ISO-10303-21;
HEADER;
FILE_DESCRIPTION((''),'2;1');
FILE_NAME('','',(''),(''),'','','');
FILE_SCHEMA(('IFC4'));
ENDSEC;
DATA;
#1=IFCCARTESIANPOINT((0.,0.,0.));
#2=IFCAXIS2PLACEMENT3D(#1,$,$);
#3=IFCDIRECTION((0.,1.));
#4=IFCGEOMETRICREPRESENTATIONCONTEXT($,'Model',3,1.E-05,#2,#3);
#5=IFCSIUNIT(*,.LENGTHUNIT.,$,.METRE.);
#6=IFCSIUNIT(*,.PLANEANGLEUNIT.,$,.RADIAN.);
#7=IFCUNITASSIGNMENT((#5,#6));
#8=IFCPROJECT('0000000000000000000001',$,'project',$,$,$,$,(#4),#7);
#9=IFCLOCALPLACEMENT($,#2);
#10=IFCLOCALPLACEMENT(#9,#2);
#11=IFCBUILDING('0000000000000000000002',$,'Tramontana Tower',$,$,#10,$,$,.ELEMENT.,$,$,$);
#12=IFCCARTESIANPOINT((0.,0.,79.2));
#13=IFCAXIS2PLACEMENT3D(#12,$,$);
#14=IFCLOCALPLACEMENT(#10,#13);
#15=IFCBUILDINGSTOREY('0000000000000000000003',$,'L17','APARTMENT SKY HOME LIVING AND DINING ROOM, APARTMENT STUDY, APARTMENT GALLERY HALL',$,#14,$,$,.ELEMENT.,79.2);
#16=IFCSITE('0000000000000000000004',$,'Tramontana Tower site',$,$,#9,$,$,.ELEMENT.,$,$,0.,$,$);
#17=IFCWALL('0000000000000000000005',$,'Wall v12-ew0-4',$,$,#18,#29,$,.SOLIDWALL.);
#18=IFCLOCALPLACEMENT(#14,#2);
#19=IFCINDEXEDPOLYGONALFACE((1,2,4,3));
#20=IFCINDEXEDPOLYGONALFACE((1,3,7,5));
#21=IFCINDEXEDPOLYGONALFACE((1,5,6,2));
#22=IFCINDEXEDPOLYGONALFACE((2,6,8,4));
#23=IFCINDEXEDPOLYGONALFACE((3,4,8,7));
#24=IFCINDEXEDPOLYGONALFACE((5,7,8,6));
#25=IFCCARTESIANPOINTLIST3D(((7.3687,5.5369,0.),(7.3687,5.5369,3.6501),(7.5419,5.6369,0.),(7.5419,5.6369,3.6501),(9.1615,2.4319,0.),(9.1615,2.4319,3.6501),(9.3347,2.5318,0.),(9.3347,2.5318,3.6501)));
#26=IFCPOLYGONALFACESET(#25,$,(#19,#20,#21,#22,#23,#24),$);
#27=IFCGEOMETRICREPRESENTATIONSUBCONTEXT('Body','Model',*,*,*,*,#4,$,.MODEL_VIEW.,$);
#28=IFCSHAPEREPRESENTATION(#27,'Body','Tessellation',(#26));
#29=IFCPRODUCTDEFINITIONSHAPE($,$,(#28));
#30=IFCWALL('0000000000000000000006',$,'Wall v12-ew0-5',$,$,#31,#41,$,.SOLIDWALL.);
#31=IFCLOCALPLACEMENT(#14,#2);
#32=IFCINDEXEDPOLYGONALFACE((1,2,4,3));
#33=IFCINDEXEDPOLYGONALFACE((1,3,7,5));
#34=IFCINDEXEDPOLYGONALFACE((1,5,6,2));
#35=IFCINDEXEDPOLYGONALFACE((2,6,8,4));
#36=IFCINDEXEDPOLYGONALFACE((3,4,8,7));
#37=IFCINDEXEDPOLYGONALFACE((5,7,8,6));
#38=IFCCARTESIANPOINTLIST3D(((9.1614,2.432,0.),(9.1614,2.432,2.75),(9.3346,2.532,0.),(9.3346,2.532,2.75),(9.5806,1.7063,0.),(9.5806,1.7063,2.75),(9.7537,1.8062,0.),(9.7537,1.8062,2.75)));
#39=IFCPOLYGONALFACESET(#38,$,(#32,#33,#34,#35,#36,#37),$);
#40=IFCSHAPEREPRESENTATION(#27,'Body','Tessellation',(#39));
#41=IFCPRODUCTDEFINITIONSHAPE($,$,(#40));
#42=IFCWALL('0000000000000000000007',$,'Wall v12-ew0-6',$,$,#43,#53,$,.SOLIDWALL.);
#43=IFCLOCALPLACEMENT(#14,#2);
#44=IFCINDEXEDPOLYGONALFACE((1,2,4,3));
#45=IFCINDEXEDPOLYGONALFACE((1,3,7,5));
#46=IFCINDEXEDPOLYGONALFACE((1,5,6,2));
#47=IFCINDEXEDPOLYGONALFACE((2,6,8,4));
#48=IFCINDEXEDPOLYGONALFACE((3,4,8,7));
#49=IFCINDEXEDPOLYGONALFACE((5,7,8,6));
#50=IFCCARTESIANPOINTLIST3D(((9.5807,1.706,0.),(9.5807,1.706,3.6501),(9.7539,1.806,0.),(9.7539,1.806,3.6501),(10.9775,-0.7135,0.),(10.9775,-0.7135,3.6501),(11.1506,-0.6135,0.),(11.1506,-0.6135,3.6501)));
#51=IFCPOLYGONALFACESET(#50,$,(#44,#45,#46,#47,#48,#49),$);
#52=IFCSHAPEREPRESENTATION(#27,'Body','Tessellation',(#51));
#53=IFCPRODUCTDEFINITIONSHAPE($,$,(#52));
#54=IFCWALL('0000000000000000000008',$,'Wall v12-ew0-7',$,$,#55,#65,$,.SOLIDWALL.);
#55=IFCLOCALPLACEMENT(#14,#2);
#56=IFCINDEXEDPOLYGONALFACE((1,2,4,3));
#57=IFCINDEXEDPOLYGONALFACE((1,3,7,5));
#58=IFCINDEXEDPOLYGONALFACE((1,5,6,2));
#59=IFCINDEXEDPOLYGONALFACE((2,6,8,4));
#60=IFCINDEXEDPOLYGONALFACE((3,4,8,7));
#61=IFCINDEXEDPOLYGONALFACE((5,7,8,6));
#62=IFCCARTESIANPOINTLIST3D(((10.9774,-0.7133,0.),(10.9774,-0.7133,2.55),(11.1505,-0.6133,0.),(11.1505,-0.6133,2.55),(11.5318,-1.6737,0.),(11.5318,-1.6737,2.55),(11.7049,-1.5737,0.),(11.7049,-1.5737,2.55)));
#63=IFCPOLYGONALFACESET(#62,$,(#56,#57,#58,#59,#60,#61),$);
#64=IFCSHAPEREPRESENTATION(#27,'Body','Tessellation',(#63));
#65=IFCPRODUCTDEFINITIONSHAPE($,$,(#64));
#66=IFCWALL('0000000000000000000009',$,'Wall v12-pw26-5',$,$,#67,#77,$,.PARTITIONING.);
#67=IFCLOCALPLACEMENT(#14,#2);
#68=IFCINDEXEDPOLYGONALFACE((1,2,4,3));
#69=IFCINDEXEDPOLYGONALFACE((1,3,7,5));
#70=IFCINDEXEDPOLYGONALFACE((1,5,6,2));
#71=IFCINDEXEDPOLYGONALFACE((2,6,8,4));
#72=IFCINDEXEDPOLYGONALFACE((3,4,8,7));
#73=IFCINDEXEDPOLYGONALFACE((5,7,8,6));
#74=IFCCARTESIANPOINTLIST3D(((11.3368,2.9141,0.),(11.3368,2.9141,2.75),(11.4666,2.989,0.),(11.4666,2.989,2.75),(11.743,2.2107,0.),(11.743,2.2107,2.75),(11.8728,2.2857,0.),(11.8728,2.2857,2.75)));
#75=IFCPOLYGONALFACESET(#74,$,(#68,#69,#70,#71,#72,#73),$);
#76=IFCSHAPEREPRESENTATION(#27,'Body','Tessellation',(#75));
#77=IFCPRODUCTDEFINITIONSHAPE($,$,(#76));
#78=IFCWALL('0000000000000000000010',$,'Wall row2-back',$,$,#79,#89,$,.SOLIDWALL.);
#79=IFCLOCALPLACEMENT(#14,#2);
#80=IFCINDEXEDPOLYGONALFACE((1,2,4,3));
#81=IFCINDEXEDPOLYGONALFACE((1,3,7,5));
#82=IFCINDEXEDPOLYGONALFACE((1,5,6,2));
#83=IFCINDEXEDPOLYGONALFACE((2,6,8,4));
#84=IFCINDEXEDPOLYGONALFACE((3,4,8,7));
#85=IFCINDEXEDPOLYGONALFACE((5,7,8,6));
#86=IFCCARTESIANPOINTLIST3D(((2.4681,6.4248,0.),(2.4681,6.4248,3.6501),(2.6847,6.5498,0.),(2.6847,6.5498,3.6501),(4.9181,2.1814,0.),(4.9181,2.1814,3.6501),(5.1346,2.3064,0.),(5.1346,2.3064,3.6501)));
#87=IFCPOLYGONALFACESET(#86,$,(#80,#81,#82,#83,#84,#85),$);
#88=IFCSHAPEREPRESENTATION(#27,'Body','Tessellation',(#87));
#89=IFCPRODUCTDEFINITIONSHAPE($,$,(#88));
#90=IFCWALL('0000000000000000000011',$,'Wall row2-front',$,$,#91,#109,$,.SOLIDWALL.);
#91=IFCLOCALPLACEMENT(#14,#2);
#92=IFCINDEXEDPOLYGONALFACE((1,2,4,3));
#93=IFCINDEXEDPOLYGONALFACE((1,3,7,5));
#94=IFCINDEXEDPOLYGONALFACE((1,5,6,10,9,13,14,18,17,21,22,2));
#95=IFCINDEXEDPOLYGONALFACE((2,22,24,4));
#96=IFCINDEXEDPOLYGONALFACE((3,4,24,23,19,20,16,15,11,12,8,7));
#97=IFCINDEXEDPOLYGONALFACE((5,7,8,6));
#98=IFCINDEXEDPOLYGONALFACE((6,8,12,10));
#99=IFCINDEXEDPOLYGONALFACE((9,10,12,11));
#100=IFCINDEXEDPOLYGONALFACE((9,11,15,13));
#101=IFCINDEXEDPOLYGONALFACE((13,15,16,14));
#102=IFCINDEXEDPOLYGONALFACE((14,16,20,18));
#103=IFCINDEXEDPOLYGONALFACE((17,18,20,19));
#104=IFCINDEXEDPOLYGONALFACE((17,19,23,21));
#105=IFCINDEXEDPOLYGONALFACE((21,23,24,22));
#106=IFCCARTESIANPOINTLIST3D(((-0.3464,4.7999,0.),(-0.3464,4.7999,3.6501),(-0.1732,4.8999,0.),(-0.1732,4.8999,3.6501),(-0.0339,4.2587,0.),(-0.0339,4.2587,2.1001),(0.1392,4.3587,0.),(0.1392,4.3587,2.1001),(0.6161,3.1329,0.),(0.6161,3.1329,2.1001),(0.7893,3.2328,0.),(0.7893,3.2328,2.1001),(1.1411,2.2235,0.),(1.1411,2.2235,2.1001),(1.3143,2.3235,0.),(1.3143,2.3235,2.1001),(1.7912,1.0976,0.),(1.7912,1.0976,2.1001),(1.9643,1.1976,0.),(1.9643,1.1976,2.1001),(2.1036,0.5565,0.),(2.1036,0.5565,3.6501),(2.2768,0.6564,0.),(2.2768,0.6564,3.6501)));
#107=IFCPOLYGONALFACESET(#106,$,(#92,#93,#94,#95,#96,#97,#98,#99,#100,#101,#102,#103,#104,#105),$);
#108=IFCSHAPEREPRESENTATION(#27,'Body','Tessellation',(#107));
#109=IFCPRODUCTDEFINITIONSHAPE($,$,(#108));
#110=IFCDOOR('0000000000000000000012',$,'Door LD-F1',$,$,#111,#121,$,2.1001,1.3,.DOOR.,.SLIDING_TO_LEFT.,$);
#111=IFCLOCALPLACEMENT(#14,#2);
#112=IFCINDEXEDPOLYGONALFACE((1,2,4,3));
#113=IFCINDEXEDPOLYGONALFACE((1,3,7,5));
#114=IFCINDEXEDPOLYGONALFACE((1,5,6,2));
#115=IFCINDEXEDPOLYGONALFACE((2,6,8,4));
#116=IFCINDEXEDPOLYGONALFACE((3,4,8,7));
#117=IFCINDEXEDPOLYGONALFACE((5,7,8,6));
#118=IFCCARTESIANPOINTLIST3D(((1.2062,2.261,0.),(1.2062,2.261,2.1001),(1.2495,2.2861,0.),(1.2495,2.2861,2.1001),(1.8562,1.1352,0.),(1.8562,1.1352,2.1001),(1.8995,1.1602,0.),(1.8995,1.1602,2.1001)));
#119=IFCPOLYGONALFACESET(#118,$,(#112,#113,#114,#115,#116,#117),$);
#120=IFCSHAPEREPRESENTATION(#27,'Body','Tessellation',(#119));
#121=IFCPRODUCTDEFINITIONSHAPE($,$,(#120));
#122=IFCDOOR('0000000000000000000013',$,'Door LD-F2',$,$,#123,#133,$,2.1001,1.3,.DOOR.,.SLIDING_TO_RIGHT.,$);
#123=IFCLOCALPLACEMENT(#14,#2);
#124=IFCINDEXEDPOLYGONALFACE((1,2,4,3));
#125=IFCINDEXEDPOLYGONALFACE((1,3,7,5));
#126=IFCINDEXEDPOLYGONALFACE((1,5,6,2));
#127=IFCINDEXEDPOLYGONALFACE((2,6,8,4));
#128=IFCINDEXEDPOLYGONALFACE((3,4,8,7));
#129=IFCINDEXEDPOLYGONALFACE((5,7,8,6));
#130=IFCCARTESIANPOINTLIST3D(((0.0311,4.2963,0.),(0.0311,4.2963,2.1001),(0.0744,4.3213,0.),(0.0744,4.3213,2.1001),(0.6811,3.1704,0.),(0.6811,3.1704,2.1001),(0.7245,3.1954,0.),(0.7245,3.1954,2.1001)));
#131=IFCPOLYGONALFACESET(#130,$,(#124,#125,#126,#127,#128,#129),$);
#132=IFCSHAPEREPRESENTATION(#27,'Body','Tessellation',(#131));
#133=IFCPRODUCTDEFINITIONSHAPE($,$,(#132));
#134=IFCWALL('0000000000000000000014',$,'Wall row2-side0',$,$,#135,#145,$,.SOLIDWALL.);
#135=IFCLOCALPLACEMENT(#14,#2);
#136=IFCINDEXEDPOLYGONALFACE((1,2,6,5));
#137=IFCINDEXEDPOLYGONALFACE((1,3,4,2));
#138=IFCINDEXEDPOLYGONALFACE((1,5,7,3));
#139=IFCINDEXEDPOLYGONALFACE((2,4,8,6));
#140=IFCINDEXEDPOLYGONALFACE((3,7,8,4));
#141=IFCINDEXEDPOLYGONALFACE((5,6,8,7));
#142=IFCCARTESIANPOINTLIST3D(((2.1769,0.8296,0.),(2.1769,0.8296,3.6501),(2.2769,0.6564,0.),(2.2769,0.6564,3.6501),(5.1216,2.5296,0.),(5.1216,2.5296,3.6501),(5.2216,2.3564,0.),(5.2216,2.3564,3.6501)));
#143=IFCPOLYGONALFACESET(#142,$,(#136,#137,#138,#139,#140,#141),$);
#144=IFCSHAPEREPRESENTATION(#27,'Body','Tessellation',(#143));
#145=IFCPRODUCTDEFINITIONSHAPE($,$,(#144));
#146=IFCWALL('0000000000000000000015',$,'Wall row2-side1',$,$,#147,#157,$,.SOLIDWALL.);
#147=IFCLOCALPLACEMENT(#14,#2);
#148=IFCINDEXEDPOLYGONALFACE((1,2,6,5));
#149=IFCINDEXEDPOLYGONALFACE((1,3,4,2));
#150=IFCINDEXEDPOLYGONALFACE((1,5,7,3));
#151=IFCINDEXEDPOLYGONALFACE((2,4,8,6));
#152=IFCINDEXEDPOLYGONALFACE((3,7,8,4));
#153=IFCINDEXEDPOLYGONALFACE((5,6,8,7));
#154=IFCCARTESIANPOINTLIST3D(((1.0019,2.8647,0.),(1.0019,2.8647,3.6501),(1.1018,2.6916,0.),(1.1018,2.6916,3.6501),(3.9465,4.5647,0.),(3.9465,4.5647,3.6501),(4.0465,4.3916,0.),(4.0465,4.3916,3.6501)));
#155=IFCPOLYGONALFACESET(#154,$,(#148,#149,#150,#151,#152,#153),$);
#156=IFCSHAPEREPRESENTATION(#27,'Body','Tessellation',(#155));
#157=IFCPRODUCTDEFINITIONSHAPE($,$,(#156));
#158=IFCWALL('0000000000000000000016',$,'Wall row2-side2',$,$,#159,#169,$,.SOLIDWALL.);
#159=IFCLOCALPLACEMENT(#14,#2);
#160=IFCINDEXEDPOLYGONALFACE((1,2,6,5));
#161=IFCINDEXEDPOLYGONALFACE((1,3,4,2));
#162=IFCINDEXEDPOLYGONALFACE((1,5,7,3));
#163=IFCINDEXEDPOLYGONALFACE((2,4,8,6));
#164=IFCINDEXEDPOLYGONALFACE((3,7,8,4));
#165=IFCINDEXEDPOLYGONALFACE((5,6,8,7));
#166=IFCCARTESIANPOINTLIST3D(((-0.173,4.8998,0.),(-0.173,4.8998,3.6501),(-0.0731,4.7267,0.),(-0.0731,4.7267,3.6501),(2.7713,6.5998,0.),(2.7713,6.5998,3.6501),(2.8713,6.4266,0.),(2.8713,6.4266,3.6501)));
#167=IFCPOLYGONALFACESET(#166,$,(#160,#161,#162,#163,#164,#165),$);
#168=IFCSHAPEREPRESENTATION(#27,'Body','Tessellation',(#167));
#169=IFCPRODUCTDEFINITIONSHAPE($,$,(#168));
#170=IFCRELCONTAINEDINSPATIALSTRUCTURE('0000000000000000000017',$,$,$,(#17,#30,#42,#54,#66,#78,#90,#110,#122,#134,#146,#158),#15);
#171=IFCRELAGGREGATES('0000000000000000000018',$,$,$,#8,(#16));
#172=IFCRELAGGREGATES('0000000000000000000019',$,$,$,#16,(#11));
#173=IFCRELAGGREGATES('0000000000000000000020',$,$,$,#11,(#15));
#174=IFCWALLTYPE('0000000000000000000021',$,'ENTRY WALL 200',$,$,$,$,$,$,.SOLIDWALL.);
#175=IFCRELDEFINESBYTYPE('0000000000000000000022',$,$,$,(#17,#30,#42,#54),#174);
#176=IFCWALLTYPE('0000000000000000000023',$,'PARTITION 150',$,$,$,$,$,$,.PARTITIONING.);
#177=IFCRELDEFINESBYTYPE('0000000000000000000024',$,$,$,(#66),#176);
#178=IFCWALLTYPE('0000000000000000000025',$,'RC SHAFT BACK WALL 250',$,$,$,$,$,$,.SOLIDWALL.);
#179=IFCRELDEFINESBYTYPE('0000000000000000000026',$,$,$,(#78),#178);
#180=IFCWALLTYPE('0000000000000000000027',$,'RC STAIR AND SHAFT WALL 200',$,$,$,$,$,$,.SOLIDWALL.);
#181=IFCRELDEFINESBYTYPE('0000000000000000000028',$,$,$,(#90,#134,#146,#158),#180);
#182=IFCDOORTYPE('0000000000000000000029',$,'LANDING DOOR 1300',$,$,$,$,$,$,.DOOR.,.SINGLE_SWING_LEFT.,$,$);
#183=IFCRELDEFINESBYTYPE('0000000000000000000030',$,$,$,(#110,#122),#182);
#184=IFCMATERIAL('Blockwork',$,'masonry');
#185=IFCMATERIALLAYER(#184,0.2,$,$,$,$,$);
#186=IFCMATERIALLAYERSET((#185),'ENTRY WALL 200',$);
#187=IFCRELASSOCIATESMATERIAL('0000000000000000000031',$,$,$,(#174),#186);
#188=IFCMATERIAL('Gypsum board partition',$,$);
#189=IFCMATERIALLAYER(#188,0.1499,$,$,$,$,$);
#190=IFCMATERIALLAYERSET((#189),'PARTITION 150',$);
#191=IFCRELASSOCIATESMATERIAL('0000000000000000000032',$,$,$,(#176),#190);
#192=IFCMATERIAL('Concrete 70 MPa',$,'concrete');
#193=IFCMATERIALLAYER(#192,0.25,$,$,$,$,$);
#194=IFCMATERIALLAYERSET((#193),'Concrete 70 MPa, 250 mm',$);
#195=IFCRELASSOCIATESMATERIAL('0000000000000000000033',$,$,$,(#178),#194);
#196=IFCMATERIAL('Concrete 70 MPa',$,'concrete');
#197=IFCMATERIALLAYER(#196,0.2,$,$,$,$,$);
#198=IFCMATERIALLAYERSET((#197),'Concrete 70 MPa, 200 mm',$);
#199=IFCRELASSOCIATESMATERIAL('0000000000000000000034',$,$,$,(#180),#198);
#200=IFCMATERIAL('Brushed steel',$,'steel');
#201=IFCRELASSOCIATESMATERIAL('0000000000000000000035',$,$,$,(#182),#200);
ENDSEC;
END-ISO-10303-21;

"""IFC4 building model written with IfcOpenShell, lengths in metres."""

from ifc_helpers import new_model, si_unit, direction, frame, frame_2d, origin, place, context, subcontext, project, spatial, rectangle, extrude, material, layer, layer_set, type_object, element, fill, save


model = new_model("IFC4")

# Units and contexts
model_context = context("Model", 3, precision=1e-05, world=origin(), true_north=direction((0.0, 1.0)))
body_context = subcontext(model_context, "Body", "Model", "MODEL_VIEW")
ifc_project = project(units=[si_unit("LENGTHUNIT", "METRE"), si_unit("PLANEANGLEUNIT", "RADIAN")], contexts=[model_context])

# Site, building, storey
site_placement = place(None, origin())
site = spatial("IfcSite", under=ifc_project, at=site_placement, Name="Tramontana Tower site", CompositionType="ELEMENT", RefElevation=0.0)
building_placement = place(site_placement, origin())
building = spatial("IfcBuilding", under=site, at=building_placement, Name="Tramontana Tower", CompositionType="ELEMENT")
storey_placement = place(building_placement, frame((0.0, 0.0, 79.2)))
storey = spatial("IfcBuildingStorey", under=building, at=storey_placement, Name="L17", Description="APARTMENT SKY HOME LIVING AND DINING ROOM, APARTMENT STUDY, APARTMENT GALLERY HALL", CompositionType="ELEMENT", Elevation=79.2)

# Walls
ifc_material_1 = material(Name="Blockwork", Category="masonry")
ifc_layer_1 = layer(ifc_material_1, 0.2)
ifc_layer_set_1 = layer_set([ifc_layer_1], Name="ENTRY WALL 200")
wall_type_1 = type_object("IfcWallType", Name="ENTRY WALL 200", PredefinedType="SOLIDWALL", material=ifc_layer_set_1)
wall_1_placement = place(storey_placement, frame((7.4553, 5.5869, 0.0), z_axis=(0.0, 0.0, 1.0), x_axis=(0.500013, -0.866018, 0.0)))
element("IfcWall", 1, at=wall_1_placement, inside=storey, type_object=wall_type_1, Name="Wall v12-ew0-4", PredefinedType="SOLIDWALL", context=body_context, shape_type="SweptSolid", body=[
    extrude(rectangle(XDim=3.5854, YDim=0.2, at=frame_2d((1.7927, 0.0))), origin(), (0.0, 0.0, 1.0), 3.6501),
])
wall_2_placement = place(storey_placement, frame((9.248, 2.4819, 0.0), z_axis=(0.0, 0.0, 1.0), x_axis=(0.500117, -0.865958, 0.0)))
element("IfcWall", 2, at=wall_2_placement, inside=storey, type_object=wall_type_1, Name="Wall v12-ew0-5", PredefinedType="SOLIDWALL", context=body_context, shape_type="SweptSolid", body=[
    extrude(rectangle(XDim=0.8381, YDim=0.2, at=frame_2d((0.4189, 0.0))), origin(), (0.0, 0.0, 1.0), 2.75),
])
wall_3_placement = place(storey_placement, frame((9.6672, 1.7561, 0.0), z_axis=(0.0, 0.0, 1.0), x_axis=(0.499965, -0.866046, 0.0)))
element("IfcWall", 3, at=wall_3_placement, inside=storey, type_object=wall_type_1, Name="Wall v12-ew0-6", PredefinedType="SOLIDWALL", context=body_context, shape_type="SweptSolid", body=[
    extrude(rectangle(XDim=2.7937, YDim=0.2, at=frame_2d((1.397, 0.0))), origin(), (0.0, 0.0, 1.0), 3.6501),
])
wall_4_placement = place(storey_placement, frame((11.064, -0.6633, 0.0), z_axis=(0.0, 0.0, 1.0), x_axis=(0.499951, -0.866054, 0.0)))
element("IfcWall", 4, at=wall_4_placement, inside=storey, type_object=wall_type_1, Name="Wall v12-ew0-7", PredefinedType="SOLIDWALL", context=body_context, shape_type="SweptSolid", body=[
    extrude(rectangle(XDim=1.1089, YDim=0.2, at=frame_2d((0.5544, 0.0))), origin(), (0.0, 0.0, 1.0), 2.55),
])
ifc_material_2 = material(Name="Gypsum board partition")
ifc_layer_2 = layer(ifc_material_2, 0.1499)
ifc_layer_set_2 = layer_set([ifc_layer_2], Name="PARTITION 150")
wall_type_2 = type_object("IfcWallType", Name="PARTITION 150", PredefinedType="PARTITIONING", material=ifc_layer_set_2)
wall_5_placement = place(storey_placement, frame((11.4016, 2.9517, 0.0), z_axis=(0.0, 0.0, 1.0), x_axis=(0.500147, -0.86594, 0.0)))
element("IfcWall", 5, at=wall_5_placement, inside=storey, type_object=wall_type_2, Name="Wall v12-pw26-5", PredefinedType="PARTITIONING", context=body_context, shape_type="SweptSolid", body=[
    extrude(rectangle(XDim=0.8123, YDim=0.1499, at=frame_2d((0.4062, 0.0))), origin(), (0.0, 0.0, 1.0), 2.75),
])
ifc_material_3 = material(Name="Concrete 70 MPa", Category="concrete")
ifc_layer_3 = layer(ifc_material_3, 0.25)
ifc_layer_set_3 = layer_set([ifc_layer_3], Name="Concrete 70 MPa, 250 mm")
wall_type_3 = type_object("IfcWallType", Name="RC SHAFT BACK WALL 250", PredefinedType="SOLIDWALL", material=ifc_layer_set_3)
wall_6_placement = place(storey_placement, frame((5.0264, 2.2439, 0.0), z_axis=(0.0, 0.0, 1.0), x_axis=(-0.500003, 0.866024, 0.0)))
element("IfcWall", 6, at=wall_6_placement, inside=storey, type_object=wall_type_3, Name="Wall row2-back", PredefinedType="SOLIDWALL", context=body_context, shape_type="SweptSolid", body=[
    extrude(rectangle(XDim=4.8999, YDim=0.25, at=frame_2d((2.45, 0.0))), origin(), (0.0, 0.0, 1.0), 3.6501),
])

# Shared definitions
ifc_material_4 = material(Name="Concrete 70 MPa", Category="concrete")
ifc_layer_4 = layer(ifc_material_4, 0.2)
ifc_layer_set_4 = layer_set([ifc_layer_4], Name="Concrete 70 MPa, 200 mm")
wall_type_4 = type_object("IfcWallType", Name="RC STAIR AND SHAFT WALL 200", PredefinedType="SOLIDWALL", material=ifc_layer_set_4)

# Wall, openings, doors
wall_7_placement = place(storey_placement, frame((2.1902, 0.6064, 0.0), z_axis=(0.0, 0.0, 1.0), x_axis=(-0.500003, 0.866024, 0.0)))
wall_7 = element("IfcWall", 7, at=wall_7_placement, inside=storey, type_object=wall_type_4, Name="Wall row2-front", PredefinedType="SOLIDWALL", context=body_context, shape_type="SweptSolid", body=[
    extrude(rectangle(XDim=4.8999, YDim=0.2, at=frame_2d((2.45, 0.0))), origin(), (0.0, 0.0, 1.0), 3.6501),
])
opening_1_placement = place(wall_7_placement, frame((0.625, 0.0, 0.0)))
opening_1 = element("IfcOpeningElement", 8, at=opening_1_placement, cuts=wall_7, PredefinedType="OPENING", context=body_context, shape_type="SweptSolid", body=[
    extrude(rectangle(XDim=1.3, YDim=2.1001, at=frame_2d((0.6499, 1.05))), frame((0.0, 0.1099, 0.0), z_axis=(0.0, -1.0, 0.0), x_axis=(1.0, 0.0, 0.0)), (0.0, 0.0, 1.0), 0.22),
])
opening_2_placement = place(wall_7_placement, frame((2.9751, 0.0, 0.0)))
opening_2 = element("IfcOpeningElement", 9, at=opening_2_placement, cuts=wall_7, PredefinedType="OPENING", context=body_context, shape_type="SweptSolid", body=[
    extrude(rectangle(XDim=1.3, YDim=2.1001, at=frame_2d((0.6499, 1.05))), frame((0.0, 0.1099, 0.0), z_axis=(0.0, -1.0, 0.0), x_axis=(1.0, 0.0, 0.0)), (0.0, 0.0, 1.0), 0.22),
])
ifc_material_5 = material(Name="Brushed steel", Category="steel")
door_type_1 = type_object("IfcDoorType", Name="LANDING DOOR 1300", OperationType="SINGLE_SWING_LEFT", PredefinedType="DOOR", material=ifc_material_5)
door_1_placement = place(opening_1_placement, origin())
door_1 = element("IfcDoor", 10, at=door_1_placement, inside=storey, type_object=door_type_1, Name="Door LD-F1", OperationType="SLIDING_TO_LEFT", OverallHeight=2.1001, OverallWidth=1.3, PredefinedType="DOOR", context=body_context, shape_type="SweptSolid", body=[
    extrude(rectangle(XDim=1.3, YDim=2.1001, at=frame_2d((0.6499, 1.05))), frame((0.0, 0.0249, 0.0), z_axis=(0.0, -1.0, 0.0), x_axis=(1.0, 0.0, 0.0)), (0.0, 0.0, 1.0), 0.05),
])
fill(opening_1, door_1)
door_2_placement = place(opening_2_placement, origin())
door_2 = element("IfcDoor", 11, at=door_2_placement, inside=storey, type_object=door_type_1, Name="Door LD-F2", OperationType="SLIDING_TO_RIGHT", OverallHeight=2.1001, OverallWidth=1.3, PredefinedType="DOOR", context=body_context, shape_type="SweptSolid", body=[
    extrude(rectangle(XDim=1.3, YDim=2.1001, at=frame_2d((0.6499, 1.05))), frame((0.0, 0.0249, 0.0), z_axis=(0.0, -1.0, 0.0), x_axis=(1.0, 0.0, 0.0)), (0.0, 0.0, 1.0), 0.05),
])
fill(opening_2, door_2)

# Walls
for number, where, z_axis, x_axis, name in (
    (12, (2.2268, 0.7429, 0.0), (0.0, 0.0, 1.0), (0.866039, 0.499977, 0.0), "Wall row2-side0"),
    (13, (1.0518, 2.7781, 0.0), (0.0, 0.0, 1.0), (0.866039, 0.499977, 0.0), "Wall row2-side1"),
):
    element("IfcWall", number, at=place(storey_placement, frame(where, z_axis=z_axis, x_axis=x_axis)), inside=storey, type_object=wall_type_4, Name=name, PredefinedType="SOLIDWALL", context=body_context, shape_type="SweptSolid", body=[
        extrude(rectangle(XDim=3.4001, YDim=0.2, at=frame_2d((1.7002, 0.0))), origin(), (0.0, 0.0, 1.0), 3.6501),
    ])
wall_8_placement = place(storey_placement, frame((-0.123, 4.8132, 0.0), z_axis=(0.0, 0.0, 1.0), x_axis=(0.866021, 0.500008, 0.0)))
element("IfcWall", 14, at=wall_8_placement, inside=storey, type_object=wall_type_4, Name="Wall row2-side2", PredefinedType="SOLIDWALL", context=body_context, shape_type="SweptSolid", body=[
    extrude(rectangle(XDim=3.3999, YDim=0.2, at=frame_2d((1.7, 0.0))), origin(), (0.0, 0.0, 1.0), 3.6501),
])

save(model, "model.ifc")
